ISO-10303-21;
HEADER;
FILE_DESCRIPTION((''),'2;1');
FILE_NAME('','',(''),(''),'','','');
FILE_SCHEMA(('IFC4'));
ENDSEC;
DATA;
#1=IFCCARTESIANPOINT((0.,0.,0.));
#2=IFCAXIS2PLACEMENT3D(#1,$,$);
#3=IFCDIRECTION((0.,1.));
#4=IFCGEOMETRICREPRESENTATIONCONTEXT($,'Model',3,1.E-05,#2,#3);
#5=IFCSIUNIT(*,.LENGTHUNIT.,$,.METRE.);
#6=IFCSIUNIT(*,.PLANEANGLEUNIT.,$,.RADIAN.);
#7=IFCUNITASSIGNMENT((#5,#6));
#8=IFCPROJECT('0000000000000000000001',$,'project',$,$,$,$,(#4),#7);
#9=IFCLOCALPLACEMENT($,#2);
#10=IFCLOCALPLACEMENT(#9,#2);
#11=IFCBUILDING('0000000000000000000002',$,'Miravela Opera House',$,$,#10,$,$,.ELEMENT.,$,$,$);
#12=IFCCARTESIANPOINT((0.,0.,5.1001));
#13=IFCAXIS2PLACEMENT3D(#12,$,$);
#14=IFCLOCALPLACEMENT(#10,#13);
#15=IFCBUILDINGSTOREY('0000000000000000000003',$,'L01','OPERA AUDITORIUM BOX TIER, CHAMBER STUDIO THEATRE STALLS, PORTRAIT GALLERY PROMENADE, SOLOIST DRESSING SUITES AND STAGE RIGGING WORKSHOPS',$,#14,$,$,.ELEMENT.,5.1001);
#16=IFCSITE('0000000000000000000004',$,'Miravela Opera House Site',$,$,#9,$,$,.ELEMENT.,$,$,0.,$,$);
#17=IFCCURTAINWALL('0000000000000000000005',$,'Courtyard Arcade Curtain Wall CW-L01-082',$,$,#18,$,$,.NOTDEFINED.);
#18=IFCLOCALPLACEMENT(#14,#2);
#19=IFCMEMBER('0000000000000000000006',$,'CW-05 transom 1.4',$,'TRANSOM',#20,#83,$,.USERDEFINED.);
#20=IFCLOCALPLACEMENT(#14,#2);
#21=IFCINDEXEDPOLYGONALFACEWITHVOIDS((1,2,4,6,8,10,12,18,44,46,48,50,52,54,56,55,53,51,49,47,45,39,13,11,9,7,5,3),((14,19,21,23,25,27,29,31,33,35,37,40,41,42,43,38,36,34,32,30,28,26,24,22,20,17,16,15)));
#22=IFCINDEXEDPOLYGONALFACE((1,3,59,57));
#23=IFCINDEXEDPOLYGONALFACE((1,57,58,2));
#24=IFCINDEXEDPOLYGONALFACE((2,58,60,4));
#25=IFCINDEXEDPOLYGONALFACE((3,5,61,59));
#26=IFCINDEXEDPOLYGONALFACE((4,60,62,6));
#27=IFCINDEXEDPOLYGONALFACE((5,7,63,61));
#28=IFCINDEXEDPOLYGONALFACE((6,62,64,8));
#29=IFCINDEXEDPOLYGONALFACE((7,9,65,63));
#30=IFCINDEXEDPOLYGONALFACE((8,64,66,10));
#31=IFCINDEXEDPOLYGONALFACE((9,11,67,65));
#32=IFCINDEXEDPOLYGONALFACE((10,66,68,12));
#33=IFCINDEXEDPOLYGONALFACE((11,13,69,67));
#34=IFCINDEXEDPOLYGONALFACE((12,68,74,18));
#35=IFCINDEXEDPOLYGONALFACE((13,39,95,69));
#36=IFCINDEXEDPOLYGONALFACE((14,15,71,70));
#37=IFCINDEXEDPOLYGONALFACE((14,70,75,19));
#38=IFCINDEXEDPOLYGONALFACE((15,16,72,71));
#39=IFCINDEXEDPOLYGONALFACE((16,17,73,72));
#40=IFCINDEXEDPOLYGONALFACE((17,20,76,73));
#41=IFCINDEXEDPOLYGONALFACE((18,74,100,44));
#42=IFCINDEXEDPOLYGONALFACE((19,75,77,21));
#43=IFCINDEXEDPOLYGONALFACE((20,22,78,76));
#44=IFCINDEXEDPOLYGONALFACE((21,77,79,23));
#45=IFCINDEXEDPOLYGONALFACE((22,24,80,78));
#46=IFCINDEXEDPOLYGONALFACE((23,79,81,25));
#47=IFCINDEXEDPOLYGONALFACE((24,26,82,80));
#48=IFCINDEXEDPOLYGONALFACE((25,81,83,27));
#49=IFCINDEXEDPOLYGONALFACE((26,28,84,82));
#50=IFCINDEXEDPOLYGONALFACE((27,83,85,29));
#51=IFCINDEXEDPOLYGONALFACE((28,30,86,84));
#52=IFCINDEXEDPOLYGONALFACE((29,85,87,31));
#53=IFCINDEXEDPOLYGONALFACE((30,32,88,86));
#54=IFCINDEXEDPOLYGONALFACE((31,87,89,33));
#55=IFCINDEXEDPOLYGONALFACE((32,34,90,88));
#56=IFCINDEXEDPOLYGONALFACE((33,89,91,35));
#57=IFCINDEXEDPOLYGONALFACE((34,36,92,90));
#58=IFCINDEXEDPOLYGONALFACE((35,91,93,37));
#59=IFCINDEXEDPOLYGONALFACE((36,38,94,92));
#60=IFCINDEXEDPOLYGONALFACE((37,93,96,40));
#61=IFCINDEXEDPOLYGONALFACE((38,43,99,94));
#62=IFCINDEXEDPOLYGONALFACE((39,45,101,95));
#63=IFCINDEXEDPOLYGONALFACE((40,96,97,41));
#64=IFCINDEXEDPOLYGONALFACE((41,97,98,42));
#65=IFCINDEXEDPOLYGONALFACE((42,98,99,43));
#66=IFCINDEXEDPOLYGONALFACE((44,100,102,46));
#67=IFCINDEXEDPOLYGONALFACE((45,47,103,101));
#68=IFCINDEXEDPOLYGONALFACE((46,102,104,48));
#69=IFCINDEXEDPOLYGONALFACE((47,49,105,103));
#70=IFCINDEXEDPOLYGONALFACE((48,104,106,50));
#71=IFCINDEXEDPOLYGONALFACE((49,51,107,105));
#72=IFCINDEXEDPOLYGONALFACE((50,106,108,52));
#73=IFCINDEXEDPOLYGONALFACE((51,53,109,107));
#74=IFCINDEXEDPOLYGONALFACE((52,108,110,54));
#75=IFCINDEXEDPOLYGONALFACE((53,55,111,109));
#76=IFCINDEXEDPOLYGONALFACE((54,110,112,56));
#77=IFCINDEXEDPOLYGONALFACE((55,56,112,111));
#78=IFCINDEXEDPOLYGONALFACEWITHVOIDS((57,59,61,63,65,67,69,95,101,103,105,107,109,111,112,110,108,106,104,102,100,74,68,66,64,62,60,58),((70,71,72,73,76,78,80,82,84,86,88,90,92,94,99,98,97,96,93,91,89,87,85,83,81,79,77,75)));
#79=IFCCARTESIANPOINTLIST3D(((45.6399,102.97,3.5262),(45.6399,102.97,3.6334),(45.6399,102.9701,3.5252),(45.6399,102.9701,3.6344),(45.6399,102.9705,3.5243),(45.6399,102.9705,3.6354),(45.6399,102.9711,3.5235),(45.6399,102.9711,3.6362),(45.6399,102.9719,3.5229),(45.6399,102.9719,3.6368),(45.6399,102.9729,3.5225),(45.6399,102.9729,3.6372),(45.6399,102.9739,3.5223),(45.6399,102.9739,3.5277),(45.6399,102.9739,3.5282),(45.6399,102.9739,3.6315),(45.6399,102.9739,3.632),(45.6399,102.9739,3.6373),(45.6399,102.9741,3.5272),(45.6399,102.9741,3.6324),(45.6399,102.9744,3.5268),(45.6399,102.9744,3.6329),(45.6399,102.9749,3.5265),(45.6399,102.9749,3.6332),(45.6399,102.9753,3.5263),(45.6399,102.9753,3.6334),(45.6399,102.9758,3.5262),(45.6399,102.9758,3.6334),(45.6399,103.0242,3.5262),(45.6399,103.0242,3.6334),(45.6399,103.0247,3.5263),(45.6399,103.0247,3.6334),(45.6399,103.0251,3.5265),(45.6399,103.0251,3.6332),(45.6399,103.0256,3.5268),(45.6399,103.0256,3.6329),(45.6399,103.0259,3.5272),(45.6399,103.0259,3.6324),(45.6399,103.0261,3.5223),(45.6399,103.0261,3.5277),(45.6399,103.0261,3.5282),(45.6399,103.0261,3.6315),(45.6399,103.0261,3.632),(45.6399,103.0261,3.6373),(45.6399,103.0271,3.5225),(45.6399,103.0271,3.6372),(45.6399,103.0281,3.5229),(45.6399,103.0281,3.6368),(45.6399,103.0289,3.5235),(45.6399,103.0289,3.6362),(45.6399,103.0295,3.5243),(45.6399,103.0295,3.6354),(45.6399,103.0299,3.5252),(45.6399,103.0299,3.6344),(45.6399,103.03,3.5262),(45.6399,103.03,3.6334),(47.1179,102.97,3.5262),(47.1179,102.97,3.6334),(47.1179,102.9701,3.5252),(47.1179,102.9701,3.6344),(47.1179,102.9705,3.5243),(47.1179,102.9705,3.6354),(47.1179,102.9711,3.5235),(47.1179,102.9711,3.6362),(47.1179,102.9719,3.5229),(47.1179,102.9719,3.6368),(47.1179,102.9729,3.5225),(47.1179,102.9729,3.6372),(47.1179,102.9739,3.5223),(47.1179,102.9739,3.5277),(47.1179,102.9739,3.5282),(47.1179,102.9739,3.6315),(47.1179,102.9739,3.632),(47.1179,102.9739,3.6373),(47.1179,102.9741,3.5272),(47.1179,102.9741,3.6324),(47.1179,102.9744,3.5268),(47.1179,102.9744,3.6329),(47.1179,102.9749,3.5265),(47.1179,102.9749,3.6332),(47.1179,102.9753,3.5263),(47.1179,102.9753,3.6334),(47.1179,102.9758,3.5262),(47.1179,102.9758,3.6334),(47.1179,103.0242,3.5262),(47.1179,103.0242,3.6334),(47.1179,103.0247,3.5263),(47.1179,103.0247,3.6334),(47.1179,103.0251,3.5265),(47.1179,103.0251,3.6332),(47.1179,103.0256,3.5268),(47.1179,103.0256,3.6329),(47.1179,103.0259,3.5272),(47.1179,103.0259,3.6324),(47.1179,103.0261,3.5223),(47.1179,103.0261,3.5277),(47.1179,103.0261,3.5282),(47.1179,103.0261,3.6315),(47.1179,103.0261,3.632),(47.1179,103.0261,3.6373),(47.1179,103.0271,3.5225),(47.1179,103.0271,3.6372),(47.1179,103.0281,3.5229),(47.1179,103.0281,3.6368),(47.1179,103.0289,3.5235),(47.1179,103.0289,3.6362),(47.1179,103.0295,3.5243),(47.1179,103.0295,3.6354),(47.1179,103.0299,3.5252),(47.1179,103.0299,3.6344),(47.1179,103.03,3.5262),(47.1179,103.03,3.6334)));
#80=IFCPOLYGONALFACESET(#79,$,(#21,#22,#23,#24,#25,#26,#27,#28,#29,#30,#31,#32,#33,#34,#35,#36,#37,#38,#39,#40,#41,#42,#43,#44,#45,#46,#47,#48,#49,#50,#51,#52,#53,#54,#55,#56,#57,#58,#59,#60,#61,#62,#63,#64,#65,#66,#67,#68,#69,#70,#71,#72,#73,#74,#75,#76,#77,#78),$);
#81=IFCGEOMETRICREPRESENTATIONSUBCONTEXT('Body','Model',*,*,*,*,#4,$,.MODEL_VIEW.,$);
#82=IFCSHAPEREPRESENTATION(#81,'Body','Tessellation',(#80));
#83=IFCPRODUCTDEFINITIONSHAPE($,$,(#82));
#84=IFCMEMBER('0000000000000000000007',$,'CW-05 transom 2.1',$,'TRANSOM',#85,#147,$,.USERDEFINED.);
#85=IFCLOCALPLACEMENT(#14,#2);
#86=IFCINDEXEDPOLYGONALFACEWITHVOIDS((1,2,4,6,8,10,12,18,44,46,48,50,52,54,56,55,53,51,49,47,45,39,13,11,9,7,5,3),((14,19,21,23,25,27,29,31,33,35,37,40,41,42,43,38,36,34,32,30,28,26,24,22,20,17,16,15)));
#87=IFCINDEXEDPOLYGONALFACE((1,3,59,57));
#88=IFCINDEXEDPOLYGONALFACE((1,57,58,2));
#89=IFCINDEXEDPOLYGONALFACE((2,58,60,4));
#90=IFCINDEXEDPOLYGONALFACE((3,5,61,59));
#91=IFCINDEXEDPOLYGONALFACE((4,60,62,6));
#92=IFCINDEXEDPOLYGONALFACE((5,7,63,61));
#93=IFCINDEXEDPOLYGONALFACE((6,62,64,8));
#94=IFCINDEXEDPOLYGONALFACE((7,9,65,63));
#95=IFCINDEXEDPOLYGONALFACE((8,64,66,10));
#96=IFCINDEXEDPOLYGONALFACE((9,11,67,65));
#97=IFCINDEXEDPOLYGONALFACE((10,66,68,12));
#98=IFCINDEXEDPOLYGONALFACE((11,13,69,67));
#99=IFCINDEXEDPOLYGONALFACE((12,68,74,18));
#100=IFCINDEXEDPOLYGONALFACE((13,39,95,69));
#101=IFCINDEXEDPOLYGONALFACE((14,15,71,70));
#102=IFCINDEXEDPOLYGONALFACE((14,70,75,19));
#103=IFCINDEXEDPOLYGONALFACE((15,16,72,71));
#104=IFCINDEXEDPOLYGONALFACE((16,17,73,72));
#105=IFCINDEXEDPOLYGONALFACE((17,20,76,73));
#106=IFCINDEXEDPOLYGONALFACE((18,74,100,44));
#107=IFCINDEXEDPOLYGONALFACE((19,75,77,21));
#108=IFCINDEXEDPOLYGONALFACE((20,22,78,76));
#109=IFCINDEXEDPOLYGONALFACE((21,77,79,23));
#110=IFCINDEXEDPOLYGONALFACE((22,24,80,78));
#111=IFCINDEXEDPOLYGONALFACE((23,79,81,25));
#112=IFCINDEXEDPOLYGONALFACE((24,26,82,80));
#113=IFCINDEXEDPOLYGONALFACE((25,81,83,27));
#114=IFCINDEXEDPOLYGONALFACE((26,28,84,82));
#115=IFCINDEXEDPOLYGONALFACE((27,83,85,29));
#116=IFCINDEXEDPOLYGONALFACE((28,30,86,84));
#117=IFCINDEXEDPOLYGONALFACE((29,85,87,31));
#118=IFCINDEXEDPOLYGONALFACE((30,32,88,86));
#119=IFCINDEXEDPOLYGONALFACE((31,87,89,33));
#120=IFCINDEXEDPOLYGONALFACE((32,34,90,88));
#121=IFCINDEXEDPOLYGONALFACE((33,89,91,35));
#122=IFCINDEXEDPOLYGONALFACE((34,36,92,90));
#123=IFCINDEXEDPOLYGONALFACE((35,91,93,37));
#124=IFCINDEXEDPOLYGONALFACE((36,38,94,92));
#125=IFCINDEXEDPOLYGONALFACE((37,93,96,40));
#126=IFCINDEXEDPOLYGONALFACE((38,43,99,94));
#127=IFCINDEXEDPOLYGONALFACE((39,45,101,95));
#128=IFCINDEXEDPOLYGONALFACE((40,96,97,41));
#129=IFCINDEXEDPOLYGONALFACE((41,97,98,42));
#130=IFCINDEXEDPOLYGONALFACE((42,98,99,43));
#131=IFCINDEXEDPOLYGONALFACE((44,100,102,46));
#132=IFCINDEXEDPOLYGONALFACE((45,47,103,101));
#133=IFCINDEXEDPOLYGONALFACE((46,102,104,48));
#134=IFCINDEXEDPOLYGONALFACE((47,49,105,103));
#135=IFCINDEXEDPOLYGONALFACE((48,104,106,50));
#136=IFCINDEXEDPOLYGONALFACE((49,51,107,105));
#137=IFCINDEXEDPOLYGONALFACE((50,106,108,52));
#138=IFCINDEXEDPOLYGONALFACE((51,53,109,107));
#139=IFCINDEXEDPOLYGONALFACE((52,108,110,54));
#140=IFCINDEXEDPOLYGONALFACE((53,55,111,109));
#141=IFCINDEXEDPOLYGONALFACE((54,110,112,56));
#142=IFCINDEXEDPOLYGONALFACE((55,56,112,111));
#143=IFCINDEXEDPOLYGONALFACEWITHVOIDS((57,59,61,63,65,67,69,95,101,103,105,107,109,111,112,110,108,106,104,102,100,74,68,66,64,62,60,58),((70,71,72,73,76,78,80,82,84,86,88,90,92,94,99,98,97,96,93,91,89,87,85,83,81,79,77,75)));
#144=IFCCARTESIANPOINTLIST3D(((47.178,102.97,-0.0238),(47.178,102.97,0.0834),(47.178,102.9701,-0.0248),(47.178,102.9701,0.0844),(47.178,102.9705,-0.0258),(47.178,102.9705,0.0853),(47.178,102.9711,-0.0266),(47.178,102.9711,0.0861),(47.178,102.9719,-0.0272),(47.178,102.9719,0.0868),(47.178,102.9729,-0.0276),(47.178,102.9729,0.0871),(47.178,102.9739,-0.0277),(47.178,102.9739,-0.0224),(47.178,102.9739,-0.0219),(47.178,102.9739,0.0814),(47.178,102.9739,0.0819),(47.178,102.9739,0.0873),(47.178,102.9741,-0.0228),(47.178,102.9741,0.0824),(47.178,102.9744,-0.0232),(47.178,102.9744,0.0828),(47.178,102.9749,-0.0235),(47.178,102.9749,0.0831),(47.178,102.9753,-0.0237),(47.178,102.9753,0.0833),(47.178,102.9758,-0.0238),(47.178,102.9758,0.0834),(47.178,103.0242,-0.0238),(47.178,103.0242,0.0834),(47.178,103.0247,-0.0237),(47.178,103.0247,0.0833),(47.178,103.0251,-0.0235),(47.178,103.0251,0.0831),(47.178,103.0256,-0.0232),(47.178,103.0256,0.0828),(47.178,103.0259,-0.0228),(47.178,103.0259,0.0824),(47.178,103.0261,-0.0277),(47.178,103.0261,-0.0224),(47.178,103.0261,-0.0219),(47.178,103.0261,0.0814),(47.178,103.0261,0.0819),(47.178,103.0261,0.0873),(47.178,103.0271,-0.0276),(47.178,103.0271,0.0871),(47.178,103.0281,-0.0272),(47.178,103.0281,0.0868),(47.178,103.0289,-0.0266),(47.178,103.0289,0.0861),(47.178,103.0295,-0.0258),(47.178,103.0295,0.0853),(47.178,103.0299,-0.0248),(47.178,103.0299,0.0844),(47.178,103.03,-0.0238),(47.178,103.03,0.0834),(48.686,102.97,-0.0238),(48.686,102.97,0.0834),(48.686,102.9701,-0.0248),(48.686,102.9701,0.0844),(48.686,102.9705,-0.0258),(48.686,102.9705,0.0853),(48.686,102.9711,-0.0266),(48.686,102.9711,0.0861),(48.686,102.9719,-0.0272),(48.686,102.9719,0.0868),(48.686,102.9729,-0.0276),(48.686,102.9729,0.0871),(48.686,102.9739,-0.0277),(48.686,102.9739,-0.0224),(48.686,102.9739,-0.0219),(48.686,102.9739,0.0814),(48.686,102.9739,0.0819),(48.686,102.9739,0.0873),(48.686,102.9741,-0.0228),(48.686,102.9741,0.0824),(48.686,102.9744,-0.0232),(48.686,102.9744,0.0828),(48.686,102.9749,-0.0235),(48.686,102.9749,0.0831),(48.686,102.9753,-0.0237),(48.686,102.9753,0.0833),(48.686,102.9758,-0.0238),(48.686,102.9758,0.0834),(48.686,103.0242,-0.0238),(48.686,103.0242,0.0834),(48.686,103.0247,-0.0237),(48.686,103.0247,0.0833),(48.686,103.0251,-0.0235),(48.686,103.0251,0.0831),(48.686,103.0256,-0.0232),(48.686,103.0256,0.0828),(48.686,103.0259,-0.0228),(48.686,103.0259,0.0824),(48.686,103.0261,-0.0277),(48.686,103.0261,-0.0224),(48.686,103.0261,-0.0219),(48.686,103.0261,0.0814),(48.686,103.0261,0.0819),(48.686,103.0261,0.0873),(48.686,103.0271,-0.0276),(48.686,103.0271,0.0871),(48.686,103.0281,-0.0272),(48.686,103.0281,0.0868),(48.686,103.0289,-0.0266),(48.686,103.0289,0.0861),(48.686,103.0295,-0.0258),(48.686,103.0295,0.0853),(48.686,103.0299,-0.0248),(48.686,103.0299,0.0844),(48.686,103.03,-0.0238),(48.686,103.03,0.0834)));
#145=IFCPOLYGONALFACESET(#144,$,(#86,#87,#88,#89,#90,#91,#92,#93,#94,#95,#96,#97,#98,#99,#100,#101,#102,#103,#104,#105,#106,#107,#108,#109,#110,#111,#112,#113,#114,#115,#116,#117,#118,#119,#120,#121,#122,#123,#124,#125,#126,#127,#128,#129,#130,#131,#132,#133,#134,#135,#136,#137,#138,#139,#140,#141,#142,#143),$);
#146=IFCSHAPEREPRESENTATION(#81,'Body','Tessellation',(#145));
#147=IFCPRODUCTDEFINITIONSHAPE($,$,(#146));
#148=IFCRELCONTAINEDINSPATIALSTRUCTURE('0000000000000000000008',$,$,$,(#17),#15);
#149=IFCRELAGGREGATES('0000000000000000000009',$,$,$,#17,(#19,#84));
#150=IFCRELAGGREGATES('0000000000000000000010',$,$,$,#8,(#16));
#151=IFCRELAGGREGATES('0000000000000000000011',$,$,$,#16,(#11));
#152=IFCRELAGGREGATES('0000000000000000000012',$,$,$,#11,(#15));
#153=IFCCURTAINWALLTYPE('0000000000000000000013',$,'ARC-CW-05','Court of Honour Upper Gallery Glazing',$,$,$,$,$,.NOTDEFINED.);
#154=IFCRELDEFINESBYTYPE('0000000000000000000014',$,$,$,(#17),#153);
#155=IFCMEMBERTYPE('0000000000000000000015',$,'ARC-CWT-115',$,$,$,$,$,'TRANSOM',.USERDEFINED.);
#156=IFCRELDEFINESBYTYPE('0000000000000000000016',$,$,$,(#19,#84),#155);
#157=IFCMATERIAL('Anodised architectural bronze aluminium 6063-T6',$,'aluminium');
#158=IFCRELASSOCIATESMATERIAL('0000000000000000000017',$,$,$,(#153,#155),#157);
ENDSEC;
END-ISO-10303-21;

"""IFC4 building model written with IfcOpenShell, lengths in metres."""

from ifc_helpers import new_model, si_unit, direction, frame, origin, origin_2d, place, context, subcontext, project, spatial, hollow_rectangle, extrude, material, material_profile, profile_set, type_object, element, aggregate, save


model = new_model("IFC4")

# Units and contexts
model_context = context("Model", 3, precision=1e-05, world=origin(), true_north=direction((0.0, 1.0)))
body_context = subcontext(model_context, "Body", "Model", "MODEL_VIEW")
ifc_project = project(units=[si_unit("LENGTHUNIT", "METRE"), si_unit("PLANEANGLEUNIT", "RADIAN")], contexts=[model_context])

# Site, building, storey
site_placement = place(None, origin())
site = spatial("IfcSite", under=ifc_project, at=site_placement, Name="Miravela Opera House Site", CompositionType="ELEMENT", RefElevation=0.0)
building_placement = place(site_placement, origin())
building = spatial("IfcBuilding", under=site, at=building_placement, Name="Miravela Opera House", CompositionType="ELEMENT")
storey_placement = place(building_placement, frame((0.0, 0.0, 5.1001)))
storey = spatial("IfcBuildingStorey", under=building, at=storey_placement, Name="L01", Description="OPERA AUDITORIUM BOX TIER, CHAMBER STUDIO THEATRE STALLS, PORTRAIT GALLERY PROMENADE, SOLOIST DRESSING SUITES AND STAGE RIGGING WORKSHOPS", CompositionType="ELEMENT", Elevation=5.1001)

# Curtain wall, members
ifc_material_1 = material(Name="Anodised architectural bronze aluminium 6063-T6", Category="aluminium")
curtain_wall_type = type_object("IfcCurtainWallType", Name="ARC-CW-05", Description="Court of Honour Upper Gallery Glazing", PredefinedType="NOTDEFINED", material=ifc_material_1)
curtain_wall_placement = place(storey_placement, origin())
curtain_wall = element("IfcCurtainWall", 1, at=curtain_wall_placement, inside=storey, type_object=curtain_wall_type, Name="Courtyard Arcade Curtain Wall CW-L01-082", PredefinedType="NOTDEFINED")
ifc_material_profile_1 = material_profile(ifc_material_1, hollow_rectangle(XDim=0.0601, YDim=0.115, WallThickness=0.0039, InnerFilletRadius=0.002, OuterFilletRadius=0.0039, at=origin_2d()), Name="CWT-60X115")
ifc_profile_set_1 = profile_set([ifc_material_profile_1])
member_type_1 = type_object("IfcMemberType", Name="ARC-CWT-115", ElementType="TRANSOM", PredefinedType="USERDEFINED", material=ifc_profile_set_1)
member_1_placement = place(storey_placement, frame((45.6399, 103.0, 3.5798), z_axis=(1.0, 0.0, 0.0), x_axis=(0.0, 1.0, 0.0)))
member_1 = element("IfcMember", 2, at=member_1_placement, type_object=member_type_1, Name="CW-05 transom 1.4", ObjectType="TRANSOM", PredefinedType="USERDEFINED", context=body_context, shape_type="SweptSolid", body=[
    extrude(hollow_rectangle(XDim=0.0601, YDim=0.115, WallThickness=0.0039, InnerFilletRadius=0.002, OuterFilletRadius=0.0039, at=origin_2d()), origin(), (0.0, 0.0, 1.0), 1.478),
])
member_2_placement = place(storey_placement, frame((47.178, 103.0, 0.0298), z_axis=(1.0, 0.0, 0.0), x_axis=(0.0, 1.0, 0.0)))
member_2 = element("IfcMember", 3, at=member_2_placement, type_object=member_type_1, Name="CW-05 transom 2.1", ObjectType="TRANSOM", PredefinedType="USERDEFINED", context=body_context, shape_type="SweptSolid", body=[
    extrude(hollow_rectangle(XDim=0.0601, YDim=0.115, WallThickness=0.0039, InnerFilletRadius=0.002, OuterFilletRadius=0.0039, at=origin_2d()), origin(), (0.0, 0.0, 1.0), 1.5081),
])

aggregate(curtain_wall, [member_1, member_2])

save(model, "model.ifc")
